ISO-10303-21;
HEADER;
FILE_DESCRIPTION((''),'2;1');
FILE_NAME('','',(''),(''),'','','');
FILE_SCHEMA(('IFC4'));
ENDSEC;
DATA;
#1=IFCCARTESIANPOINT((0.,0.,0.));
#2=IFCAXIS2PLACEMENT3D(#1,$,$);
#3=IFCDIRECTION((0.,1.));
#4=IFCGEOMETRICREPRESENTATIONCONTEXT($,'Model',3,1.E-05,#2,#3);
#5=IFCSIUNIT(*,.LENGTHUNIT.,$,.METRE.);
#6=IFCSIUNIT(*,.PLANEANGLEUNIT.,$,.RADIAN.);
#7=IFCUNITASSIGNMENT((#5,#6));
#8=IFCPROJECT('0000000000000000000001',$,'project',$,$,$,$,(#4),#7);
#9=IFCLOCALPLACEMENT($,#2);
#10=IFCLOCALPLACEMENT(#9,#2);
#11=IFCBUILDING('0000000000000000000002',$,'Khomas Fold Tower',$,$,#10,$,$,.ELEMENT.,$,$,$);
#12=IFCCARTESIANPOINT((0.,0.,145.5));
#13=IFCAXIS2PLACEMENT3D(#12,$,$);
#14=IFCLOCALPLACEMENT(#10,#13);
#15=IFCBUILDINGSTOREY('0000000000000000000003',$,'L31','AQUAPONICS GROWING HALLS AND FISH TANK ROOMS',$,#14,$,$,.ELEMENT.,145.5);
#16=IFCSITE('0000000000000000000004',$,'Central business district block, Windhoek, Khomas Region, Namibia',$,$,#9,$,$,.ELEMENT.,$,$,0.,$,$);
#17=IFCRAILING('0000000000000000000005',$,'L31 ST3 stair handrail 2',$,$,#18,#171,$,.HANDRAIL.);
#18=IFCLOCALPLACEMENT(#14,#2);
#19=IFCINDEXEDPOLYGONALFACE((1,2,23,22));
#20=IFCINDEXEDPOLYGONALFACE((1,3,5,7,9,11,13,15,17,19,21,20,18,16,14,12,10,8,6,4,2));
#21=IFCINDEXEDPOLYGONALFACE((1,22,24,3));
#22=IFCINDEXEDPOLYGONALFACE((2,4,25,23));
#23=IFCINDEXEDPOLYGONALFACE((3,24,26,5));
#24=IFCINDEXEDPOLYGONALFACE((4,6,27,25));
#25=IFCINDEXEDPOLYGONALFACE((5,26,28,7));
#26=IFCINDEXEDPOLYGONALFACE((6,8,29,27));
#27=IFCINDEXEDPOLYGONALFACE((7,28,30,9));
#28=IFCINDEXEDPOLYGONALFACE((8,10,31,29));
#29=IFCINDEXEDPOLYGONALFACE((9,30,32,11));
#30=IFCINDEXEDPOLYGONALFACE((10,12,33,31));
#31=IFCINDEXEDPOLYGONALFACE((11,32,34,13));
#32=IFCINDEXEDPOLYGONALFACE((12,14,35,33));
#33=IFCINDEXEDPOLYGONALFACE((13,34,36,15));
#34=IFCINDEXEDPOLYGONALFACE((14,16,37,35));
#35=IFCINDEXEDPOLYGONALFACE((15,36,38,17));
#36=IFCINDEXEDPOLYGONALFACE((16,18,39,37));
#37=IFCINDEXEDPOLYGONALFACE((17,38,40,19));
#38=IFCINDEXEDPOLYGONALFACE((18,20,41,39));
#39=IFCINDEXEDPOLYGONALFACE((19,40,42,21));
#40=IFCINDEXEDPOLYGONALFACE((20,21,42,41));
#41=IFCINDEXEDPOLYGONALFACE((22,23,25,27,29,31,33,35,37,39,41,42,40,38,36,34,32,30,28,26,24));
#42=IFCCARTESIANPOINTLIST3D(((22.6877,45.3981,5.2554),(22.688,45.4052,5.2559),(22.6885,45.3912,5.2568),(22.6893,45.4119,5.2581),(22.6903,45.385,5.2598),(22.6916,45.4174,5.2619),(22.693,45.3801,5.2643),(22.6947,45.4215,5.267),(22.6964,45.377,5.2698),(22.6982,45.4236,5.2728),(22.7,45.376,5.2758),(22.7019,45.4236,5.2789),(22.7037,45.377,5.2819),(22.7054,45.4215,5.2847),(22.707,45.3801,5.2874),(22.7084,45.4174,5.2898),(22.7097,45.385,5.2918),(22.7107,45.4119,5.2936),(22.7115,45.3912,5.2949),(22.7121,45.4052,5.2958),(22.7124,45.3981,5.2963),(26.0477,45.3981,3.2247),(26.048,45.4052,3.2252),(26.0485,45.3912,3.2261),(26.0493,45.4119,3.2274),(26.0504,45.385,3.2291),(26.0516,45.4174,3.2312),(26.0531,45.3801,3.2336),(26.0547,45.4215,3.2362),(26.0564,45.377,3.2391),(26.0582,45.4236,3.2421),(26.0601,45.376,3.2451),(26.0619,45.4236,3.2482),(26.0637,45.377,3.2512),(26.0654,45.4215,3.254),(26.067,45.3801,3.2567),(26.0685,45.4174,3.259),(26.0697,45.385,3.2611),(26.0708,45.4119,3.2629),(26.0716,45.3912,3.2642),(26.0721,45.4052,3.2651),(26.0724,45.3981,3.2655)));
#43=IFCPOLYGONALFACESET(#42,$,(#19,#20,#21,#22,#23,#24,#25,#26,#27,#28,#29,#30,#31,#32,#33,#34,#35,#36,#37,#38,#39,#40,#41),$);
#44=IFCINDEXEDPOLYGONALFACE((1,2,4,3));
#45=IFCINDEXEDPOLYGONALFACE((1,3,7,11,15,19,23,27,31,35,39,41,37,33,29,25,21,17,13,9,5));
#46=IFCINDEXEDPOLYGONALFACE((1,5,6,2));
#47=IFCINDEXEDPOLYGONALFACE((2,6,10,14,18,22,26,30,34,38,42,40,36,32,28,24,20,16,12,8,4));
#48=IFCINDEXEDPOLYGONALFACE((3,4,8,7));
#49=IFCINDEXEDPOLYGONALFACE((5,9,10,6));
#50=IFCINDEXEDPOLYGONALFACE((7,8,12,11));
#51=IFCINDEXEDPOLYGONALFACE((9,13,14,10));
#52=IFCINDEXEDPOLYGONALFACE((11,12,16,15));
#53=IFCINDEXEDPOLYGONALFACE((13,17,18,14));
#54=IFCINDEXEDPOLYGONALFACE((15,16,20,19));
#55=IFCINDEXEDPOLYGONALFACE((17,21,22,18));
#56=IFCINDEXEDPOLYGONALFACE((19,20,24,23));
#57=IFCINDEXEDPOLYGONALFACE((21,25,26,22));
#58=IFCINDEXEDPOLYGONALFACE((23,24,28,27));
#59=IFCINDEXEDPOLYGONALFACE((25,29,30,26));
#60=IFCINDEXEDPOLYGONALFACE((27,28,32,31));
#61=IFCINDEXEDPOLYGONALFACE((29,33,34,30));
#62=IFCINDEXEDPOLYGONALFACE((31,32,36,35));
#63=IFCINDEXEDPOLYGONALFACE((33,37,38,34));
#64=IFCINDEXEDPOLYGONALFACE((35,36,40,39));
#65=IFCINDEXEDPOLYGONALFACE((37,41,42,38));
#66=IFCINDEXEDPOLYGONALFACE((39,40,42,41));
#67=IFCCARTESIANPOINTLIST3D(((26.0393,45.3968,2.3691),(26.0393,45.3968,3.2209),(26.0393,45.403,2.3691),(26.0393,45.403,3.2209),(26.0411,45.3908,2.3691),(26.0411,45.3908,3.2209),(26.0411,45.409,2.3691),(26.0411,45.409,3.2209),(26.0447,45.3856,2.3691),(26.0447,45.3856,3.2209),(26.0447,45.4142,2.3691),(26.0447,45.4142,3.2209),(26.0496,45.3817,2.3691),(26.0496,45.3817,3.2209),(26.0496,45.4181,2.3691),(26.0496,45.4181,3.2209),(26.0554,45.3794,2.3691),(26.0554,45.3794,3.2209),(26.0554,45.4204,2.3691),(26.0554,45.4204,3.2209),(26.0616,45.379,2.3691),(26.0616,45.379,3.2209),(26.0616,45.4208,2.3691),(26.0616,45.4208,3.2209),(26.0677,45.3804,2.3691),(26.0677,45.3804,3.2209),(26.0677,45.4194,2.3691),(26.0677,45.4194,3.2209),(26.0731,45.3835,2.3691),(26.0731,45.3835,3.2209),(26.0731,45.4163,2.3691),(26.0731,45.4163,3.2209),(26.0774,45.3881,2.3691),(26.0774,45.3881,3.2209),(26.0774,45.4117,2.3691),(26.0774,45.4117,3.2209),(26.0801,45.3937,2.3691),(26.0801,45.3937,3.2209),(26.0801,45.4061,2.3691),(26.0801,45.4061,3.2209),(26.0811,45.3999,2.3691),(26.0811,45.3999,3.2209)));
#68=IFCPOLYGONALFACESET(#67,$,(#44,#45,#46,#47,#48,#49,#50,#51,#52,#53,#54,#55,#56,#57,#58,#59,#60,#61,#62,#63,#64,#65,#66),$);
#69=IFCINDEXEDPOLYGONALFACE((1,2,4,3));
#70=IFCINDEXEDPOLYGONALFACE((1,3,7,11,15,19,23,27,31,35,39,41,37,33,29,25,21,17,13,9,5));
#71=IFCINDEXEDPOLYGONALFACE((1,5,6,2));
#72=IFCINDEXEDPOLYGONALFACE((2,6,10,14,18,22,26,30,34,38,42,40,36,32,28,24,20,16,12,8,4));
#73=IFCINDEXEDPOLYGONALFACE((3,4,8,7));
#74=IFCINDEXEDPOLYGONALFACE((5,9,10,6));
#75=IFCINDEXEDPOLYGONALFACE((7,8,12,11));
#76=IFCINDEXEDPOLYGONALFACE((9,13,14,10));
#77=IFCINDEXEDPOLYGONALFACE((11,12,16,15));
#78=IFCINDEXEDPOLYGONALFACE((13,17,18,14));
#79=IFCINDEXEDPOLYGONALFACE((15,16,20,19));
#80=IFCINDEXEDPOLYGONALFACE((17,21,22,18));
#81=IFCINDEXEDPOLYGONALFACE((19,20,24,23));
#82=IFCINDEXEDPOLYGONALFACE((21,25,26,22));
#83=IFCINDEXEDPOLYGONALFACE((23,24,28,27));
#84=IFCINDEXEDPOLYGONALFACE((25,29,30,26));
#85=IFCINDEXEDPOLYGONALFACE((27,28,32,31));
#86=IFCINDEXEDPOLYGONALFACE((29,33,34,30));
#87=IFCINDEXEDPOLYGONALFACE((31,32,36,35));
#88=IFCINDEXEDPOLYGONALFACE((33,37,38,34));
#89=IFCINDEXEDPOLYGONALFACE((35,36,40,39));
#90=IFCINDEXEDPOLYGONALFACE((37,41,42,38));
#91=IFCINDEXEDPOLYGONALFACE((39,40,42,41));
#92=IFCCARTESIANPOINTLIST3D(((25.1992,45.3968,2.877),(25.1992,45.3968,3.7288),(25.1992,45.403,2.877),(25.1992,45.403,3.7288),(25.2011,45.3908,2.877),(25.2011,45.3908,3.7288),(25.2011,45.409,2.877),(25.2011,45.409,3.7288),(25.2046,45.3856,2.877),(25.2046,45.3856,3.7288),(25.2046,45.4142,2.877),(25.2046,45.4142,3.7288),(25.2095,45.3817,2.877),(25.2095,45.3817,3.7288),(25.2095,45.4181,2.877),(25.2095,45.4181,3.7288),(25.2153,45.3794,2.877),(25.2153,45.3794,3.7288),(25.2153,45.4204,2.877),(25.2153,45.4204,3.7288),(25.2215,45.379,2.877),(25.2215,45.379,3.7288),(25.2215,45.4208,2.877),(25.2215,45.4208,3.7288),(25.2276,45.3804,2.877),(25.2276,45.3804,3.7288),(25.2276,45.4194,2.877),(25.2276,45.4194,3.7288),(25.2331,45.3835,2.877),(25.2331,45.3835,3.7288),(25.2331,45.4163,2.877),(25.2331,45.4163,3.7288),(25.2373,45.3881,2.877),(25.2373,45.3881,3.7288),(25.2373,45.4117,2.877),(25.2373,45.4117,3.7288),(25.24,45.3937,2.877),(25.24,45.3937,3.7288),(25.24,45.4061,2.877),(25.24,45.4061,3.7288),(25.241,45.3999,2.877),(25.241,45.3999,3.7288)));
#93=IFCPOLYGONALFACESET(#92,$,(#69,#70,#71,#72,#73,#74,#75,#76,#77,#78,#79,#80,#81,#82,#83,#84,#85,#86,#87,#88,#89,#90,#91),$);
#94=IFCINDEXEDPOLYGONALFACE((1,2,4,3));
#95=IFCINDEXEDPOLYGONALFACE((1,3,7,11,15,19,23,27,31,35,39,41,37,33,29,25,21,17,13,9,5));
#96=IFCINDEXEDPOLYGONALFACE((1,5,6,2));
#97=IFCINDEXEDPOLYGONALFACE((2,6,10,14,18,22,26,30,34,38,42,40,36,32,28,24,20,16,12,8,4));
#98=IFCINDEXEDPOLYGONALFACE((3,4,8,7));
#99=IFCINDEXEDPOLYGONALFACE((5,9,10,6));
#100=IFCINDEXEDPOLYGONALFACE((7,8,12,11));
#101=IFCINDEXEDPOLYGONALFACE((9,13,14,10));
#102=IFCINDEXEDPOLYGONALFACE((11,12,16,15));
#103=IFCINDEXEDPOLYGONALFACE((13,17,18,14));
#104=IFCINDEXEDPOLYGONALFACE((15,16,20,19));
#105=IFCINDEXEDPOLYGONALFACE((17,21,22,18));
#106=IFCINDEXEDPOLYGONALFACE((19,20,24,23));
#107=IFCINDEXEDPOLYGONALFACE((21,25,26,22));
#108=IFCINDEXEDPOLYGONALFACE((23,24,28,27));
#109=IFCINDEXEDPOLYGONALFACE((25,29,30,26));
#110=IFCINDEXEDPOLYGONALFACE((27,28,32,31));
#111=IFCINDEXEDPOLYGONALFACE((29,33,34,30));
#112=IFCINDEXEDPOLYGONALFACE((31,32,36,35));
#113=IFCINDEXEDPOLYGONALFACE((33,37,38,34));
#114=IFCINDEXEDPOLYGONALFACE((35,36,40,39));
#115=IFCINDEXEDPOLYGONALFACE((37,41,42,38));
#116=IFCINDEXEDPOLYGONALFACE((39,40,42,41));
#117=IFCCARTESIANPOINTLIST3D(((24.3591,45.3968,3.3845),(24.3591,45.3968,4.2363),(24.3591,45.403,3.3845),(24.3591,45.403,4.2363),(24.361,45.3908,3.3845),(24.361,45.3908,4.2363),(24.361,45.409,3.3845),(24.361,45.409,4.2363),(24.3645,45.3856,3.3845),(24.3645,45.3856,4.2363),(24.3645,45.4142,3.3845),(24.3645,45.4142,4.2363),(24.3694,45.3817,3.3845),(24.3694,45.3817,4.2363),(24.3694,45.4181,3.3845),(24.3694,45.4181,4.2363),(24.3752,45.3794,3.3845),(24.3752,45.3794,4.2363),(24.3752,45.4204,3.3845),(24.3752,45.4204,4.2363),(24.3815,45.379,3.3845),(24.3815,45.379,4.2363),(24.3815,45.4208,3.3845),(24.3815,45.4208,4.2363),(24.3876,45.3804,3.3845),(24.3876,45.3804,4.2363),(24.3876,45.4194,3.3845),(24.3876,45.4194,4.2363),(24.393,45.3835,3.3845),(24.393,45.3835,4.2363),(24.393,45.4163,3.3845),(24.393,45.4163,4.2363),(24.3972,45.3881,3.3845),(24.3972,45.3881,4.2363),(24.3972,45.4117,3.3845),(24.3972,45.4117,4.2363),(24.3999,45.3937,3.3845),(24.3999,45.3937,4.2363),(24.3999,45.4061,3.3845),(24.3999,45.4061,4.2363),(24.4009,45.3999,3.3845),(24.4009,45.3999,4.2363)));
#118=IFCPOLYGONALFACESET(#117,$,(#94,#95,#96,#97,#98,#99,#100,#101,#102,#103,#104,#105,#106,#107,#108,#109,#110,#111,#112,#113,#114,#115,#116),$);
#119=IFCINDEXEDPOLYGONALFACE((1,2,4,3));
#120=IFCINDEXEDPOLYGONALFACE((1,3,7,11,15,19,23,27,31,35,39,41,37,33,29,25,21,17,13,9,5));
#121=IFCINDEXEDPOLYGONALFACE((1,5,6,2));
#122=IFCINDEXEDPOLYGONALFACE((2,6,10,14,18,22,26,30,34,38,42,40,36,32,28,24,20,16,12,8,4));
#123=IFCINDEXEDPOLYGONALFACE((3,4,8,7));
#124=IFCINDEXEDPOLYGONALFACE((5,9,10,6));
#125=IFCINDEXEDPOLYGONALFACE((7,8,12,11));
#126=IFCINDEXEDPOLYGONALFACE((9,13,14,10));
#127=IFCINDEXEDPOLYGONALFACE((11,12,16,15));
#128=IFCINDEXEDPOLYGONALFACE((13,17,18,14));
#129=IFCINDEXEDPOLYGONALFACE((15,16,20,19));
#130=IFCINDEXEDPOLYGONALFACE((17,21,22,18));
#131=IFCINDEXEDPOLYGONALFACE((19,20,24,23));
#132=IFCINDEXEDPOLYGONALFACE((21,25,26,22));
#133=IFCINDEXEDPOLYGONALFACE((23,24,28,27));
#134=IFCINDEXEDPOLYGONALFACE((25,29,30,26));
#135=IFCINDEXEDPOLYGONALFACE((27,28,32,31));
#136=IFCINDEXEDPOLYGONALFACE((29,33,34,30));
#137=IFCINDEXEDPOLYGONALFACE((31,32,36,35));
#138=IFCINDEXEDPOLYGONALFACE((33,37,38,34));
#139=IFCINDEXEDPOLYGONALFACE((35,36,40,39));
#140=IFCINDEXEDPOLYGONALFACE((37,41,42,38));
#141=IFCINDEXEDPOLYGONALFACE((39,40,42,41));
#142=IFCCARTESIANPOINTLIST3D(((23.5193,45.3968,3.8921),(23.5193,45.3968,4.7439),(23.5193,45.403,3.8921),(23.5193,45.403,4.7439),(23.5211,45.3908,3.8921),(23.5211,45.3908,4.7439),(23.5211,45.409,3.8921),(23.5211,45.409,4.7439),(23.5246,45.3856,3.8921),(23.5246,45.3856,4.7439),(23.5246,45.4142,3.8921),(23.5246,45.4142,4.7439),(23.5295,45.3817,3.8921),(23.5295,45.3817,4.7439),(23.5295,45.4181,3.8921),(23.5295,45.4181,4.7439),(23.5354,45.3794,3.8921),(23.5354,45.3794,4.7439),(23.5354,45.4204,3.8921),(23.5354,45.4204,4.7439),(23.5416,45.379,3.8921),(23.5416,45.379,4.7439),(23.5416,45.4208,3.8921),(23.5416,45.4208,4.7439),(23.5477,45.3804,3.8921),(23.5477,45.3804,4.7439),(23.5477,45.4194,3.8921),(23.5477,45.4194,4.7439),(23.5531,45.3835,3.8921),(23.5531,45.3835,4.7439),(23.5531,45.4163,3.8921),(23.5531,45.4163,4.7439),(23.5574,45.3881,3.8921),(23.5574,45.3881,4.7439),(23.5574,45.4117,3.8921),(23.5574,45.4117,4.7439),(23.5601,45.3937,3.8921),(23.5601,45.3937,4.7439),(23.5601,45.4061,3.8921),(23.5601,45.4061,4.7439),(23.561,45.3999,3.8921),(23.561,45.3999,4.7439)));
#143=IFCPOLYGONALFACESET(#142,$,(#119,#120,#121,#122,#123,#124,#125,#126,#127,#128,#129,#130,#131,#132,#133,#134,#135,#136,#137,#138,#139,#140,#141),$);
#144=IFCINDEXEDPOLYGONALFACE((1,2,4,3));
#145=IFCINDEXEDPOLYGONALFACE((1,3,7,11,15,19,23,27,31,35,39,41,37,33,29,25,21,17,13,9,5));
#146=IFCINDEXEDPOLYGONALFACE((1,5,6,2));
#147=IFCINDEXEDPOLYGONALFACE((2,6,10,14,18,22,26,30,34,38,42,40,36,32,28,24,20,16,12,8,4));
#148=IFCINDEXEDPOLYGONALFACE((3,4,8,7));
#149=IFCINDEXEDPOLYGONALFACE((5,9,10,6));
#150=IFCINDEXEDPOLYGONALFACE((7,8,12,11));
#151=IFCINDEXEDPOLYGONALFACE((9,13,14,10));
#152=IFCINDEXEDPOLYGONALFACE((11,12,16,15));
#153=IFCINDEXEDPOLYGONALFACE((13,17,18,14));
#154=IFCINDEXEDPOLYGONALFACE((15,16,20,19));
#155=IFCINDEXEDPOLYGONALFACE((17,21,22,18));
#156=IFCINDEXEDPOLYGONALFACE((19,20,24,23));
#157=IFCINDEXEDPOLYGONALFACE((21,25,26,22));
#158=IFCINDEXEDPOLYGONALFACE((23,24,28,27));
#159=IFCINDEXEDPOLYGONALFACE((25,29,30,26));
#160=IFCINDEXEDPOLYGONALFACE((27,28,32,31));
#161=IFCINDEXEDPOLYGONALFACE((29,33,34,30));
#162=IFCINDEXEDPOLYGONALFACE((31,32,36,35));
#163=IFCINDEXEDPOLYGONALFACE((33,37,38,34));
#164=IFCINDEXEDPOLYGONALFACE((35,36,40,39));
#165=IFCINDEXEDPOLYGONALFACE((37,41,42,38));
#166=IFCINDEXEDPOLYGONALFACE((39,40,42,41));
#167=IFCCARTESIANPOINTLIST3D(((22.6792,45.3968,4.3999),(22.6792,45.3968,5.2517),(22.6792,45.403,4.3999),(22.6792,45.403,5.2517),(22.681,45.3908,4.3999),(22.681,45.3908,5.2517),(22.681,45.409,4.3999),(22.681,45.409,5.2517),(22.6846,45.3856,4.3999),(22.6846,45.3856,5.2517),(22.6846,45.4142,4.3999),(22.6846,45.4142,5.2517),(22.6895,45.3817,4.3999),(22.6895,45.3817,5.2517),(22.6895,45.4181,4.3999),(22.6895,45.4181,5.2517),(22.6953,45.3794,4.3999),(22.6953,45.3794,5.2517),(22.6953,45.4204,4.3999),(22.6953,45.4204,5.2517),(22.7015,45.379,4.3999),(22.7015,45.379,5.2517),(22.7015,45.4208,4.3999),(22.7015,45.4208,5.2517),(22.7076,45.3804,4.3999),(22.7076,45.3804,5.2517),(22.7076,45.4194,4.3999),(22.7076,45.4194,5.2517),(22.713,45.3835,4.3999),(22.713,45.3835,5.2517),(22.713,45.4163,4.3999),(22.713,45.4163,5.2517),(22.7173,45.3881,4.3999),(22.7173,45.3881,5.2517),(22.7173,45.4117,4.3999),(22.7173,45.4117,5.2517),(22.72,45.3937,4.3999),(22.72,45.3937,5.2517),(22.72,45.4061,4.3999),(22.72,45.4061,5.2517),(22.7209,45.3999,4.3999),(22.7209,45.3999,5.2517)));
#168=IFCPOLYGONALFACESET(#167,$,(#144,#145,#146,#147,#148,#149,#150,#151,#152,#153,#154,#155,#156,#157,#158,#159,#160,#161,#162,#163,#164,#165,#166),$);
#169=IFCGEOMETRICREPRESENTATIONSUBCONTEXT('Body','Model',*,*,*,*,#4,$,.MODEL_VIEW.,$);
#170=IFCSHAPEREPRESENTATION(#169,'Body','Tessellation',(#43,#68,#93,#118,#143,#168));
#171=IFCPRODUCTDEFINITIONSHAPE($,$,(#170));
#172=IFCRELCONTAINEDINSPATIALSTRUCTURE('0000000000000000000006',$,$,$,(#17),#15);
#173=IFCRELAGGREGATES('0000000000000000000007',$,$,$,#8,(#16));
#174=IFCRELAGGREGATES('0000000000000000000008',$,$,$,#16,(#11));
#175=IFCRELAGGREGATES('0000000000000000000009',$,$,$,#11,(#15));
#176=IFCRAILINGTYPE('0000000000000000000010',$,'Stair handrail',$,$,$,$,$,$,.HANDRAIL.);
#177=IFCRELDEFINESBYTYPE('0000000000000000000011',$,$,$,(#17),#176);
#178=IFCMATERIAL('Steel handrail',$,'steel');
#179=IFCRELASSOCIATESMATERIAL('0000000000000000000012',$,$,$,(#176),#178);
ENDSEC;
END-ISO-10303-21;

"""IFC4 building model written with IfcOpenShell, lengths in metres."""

from ifc_helpers import new_model, si_unit, direction, frame, origin, origin_2d, place, context, subcontext, project, spatial, circle, extrude, source, transform, mapped, material, type_object, element, save


model = new_model("IFC4")

# Units and contexts
model_context = context("Model", 3, precision=1e-05, world=origin(), true_north=direction((0.0, 1.0)))
body_context = subcontext(model_context, "Body", "Model", "MODEL_VIEW")
ifc_project = project(units=[si_unit("LENGTHUNIT", "METRE"), si_unit("PLANEANGLEUNIT", "RADIAN")], contexts=[model_context])

# Site, building, storey
site_placement = place(None, origin())
site = spatial("IfcSite", under=ifc_project, at=site_placement, Name="Central business district block, Windhoek, Khomas Region, Namibia", CompositionType="ELEMENT", RefElevation=0.0)
building_placement = place(site_placement, origin())
building = spatial("IfcBuilding", under=site, at=building_placement, Name="Khomas Fold Tower", CompositionType="ELEMENT")
storey_placement = place(building_placement, frame((0.0, 0.0, 145.5)))
storey = spatial("IfcBuildingStorey", under=building, at=storey_placement, Name="L31", Description="AQUAPONICS GROWING HALLS AND FISH TANK ROOMS", CompositionType="ELEMENT", Elevation=145.5)

# Railing
ifc_material_1 = material(Name="Steel handrail", Category="steel")
railing_type_1 = type_object("IfcRailingType", Name="Stair handrail", PredefinedType="HANDRAIL", material=ifc_material_1)
shared_shape_1 = source(origin(), body_context, "Body", "SweptSolid", [
    extrude(circle(Radius=0.0239, at=origin_2d()), frame((0.0, 0.0, 0.876), z_axis=(-0.855837, 0.0, 0.517246), x_axis=(0.0, -1.0, 0.0)), (0.0, 0.0, 1.0), 3.926),
    extrude(circle(Radius=0.021, at=origin_2d()), origin(), (0.0, 0.0, 1.0), 0.8518),
    extrude(circle(Radius=0.021, at=origin_2d()), frame((-0.8401, 0.0, 0.5078)), (0.0, 0.0, 1.0), 0.8518),
    extrude(circle(Radius=0.021, at=origin_2d()), frame((-1.6802, 0.0, 1.0154)), (0.0, 0.0, 1.0), 0.8518),
    extrude(circle(Radius=0.021, at=origin_2d()), frame((-2.52, 0.0, 1.5229)), (0.0, 0.0, 1.0), 0.8518),
    extrude(circle(Radius=0.021, at=origin_2d()), frame((-3.3601, 0.0, 2.0308)), (0.0, 0.0, 1.0), 0.8518),
])
railing_1_placement = place(storey_placement, frame((26.0601, 45.3999, 2.3691)))
element("IfcRailing", 1, at=railing_1_placement, inside=storey, type_object=railing_type_1, Name="L31 ST3 stair handrail 2", PredefinedType="HANDRAIL", context=body_context, shape_type="MappedRepresentation", body=[
    mapped(shared_shape_1, transform((0.0, 0.0, 0.0))),
])

save(model, "model.ifc")
